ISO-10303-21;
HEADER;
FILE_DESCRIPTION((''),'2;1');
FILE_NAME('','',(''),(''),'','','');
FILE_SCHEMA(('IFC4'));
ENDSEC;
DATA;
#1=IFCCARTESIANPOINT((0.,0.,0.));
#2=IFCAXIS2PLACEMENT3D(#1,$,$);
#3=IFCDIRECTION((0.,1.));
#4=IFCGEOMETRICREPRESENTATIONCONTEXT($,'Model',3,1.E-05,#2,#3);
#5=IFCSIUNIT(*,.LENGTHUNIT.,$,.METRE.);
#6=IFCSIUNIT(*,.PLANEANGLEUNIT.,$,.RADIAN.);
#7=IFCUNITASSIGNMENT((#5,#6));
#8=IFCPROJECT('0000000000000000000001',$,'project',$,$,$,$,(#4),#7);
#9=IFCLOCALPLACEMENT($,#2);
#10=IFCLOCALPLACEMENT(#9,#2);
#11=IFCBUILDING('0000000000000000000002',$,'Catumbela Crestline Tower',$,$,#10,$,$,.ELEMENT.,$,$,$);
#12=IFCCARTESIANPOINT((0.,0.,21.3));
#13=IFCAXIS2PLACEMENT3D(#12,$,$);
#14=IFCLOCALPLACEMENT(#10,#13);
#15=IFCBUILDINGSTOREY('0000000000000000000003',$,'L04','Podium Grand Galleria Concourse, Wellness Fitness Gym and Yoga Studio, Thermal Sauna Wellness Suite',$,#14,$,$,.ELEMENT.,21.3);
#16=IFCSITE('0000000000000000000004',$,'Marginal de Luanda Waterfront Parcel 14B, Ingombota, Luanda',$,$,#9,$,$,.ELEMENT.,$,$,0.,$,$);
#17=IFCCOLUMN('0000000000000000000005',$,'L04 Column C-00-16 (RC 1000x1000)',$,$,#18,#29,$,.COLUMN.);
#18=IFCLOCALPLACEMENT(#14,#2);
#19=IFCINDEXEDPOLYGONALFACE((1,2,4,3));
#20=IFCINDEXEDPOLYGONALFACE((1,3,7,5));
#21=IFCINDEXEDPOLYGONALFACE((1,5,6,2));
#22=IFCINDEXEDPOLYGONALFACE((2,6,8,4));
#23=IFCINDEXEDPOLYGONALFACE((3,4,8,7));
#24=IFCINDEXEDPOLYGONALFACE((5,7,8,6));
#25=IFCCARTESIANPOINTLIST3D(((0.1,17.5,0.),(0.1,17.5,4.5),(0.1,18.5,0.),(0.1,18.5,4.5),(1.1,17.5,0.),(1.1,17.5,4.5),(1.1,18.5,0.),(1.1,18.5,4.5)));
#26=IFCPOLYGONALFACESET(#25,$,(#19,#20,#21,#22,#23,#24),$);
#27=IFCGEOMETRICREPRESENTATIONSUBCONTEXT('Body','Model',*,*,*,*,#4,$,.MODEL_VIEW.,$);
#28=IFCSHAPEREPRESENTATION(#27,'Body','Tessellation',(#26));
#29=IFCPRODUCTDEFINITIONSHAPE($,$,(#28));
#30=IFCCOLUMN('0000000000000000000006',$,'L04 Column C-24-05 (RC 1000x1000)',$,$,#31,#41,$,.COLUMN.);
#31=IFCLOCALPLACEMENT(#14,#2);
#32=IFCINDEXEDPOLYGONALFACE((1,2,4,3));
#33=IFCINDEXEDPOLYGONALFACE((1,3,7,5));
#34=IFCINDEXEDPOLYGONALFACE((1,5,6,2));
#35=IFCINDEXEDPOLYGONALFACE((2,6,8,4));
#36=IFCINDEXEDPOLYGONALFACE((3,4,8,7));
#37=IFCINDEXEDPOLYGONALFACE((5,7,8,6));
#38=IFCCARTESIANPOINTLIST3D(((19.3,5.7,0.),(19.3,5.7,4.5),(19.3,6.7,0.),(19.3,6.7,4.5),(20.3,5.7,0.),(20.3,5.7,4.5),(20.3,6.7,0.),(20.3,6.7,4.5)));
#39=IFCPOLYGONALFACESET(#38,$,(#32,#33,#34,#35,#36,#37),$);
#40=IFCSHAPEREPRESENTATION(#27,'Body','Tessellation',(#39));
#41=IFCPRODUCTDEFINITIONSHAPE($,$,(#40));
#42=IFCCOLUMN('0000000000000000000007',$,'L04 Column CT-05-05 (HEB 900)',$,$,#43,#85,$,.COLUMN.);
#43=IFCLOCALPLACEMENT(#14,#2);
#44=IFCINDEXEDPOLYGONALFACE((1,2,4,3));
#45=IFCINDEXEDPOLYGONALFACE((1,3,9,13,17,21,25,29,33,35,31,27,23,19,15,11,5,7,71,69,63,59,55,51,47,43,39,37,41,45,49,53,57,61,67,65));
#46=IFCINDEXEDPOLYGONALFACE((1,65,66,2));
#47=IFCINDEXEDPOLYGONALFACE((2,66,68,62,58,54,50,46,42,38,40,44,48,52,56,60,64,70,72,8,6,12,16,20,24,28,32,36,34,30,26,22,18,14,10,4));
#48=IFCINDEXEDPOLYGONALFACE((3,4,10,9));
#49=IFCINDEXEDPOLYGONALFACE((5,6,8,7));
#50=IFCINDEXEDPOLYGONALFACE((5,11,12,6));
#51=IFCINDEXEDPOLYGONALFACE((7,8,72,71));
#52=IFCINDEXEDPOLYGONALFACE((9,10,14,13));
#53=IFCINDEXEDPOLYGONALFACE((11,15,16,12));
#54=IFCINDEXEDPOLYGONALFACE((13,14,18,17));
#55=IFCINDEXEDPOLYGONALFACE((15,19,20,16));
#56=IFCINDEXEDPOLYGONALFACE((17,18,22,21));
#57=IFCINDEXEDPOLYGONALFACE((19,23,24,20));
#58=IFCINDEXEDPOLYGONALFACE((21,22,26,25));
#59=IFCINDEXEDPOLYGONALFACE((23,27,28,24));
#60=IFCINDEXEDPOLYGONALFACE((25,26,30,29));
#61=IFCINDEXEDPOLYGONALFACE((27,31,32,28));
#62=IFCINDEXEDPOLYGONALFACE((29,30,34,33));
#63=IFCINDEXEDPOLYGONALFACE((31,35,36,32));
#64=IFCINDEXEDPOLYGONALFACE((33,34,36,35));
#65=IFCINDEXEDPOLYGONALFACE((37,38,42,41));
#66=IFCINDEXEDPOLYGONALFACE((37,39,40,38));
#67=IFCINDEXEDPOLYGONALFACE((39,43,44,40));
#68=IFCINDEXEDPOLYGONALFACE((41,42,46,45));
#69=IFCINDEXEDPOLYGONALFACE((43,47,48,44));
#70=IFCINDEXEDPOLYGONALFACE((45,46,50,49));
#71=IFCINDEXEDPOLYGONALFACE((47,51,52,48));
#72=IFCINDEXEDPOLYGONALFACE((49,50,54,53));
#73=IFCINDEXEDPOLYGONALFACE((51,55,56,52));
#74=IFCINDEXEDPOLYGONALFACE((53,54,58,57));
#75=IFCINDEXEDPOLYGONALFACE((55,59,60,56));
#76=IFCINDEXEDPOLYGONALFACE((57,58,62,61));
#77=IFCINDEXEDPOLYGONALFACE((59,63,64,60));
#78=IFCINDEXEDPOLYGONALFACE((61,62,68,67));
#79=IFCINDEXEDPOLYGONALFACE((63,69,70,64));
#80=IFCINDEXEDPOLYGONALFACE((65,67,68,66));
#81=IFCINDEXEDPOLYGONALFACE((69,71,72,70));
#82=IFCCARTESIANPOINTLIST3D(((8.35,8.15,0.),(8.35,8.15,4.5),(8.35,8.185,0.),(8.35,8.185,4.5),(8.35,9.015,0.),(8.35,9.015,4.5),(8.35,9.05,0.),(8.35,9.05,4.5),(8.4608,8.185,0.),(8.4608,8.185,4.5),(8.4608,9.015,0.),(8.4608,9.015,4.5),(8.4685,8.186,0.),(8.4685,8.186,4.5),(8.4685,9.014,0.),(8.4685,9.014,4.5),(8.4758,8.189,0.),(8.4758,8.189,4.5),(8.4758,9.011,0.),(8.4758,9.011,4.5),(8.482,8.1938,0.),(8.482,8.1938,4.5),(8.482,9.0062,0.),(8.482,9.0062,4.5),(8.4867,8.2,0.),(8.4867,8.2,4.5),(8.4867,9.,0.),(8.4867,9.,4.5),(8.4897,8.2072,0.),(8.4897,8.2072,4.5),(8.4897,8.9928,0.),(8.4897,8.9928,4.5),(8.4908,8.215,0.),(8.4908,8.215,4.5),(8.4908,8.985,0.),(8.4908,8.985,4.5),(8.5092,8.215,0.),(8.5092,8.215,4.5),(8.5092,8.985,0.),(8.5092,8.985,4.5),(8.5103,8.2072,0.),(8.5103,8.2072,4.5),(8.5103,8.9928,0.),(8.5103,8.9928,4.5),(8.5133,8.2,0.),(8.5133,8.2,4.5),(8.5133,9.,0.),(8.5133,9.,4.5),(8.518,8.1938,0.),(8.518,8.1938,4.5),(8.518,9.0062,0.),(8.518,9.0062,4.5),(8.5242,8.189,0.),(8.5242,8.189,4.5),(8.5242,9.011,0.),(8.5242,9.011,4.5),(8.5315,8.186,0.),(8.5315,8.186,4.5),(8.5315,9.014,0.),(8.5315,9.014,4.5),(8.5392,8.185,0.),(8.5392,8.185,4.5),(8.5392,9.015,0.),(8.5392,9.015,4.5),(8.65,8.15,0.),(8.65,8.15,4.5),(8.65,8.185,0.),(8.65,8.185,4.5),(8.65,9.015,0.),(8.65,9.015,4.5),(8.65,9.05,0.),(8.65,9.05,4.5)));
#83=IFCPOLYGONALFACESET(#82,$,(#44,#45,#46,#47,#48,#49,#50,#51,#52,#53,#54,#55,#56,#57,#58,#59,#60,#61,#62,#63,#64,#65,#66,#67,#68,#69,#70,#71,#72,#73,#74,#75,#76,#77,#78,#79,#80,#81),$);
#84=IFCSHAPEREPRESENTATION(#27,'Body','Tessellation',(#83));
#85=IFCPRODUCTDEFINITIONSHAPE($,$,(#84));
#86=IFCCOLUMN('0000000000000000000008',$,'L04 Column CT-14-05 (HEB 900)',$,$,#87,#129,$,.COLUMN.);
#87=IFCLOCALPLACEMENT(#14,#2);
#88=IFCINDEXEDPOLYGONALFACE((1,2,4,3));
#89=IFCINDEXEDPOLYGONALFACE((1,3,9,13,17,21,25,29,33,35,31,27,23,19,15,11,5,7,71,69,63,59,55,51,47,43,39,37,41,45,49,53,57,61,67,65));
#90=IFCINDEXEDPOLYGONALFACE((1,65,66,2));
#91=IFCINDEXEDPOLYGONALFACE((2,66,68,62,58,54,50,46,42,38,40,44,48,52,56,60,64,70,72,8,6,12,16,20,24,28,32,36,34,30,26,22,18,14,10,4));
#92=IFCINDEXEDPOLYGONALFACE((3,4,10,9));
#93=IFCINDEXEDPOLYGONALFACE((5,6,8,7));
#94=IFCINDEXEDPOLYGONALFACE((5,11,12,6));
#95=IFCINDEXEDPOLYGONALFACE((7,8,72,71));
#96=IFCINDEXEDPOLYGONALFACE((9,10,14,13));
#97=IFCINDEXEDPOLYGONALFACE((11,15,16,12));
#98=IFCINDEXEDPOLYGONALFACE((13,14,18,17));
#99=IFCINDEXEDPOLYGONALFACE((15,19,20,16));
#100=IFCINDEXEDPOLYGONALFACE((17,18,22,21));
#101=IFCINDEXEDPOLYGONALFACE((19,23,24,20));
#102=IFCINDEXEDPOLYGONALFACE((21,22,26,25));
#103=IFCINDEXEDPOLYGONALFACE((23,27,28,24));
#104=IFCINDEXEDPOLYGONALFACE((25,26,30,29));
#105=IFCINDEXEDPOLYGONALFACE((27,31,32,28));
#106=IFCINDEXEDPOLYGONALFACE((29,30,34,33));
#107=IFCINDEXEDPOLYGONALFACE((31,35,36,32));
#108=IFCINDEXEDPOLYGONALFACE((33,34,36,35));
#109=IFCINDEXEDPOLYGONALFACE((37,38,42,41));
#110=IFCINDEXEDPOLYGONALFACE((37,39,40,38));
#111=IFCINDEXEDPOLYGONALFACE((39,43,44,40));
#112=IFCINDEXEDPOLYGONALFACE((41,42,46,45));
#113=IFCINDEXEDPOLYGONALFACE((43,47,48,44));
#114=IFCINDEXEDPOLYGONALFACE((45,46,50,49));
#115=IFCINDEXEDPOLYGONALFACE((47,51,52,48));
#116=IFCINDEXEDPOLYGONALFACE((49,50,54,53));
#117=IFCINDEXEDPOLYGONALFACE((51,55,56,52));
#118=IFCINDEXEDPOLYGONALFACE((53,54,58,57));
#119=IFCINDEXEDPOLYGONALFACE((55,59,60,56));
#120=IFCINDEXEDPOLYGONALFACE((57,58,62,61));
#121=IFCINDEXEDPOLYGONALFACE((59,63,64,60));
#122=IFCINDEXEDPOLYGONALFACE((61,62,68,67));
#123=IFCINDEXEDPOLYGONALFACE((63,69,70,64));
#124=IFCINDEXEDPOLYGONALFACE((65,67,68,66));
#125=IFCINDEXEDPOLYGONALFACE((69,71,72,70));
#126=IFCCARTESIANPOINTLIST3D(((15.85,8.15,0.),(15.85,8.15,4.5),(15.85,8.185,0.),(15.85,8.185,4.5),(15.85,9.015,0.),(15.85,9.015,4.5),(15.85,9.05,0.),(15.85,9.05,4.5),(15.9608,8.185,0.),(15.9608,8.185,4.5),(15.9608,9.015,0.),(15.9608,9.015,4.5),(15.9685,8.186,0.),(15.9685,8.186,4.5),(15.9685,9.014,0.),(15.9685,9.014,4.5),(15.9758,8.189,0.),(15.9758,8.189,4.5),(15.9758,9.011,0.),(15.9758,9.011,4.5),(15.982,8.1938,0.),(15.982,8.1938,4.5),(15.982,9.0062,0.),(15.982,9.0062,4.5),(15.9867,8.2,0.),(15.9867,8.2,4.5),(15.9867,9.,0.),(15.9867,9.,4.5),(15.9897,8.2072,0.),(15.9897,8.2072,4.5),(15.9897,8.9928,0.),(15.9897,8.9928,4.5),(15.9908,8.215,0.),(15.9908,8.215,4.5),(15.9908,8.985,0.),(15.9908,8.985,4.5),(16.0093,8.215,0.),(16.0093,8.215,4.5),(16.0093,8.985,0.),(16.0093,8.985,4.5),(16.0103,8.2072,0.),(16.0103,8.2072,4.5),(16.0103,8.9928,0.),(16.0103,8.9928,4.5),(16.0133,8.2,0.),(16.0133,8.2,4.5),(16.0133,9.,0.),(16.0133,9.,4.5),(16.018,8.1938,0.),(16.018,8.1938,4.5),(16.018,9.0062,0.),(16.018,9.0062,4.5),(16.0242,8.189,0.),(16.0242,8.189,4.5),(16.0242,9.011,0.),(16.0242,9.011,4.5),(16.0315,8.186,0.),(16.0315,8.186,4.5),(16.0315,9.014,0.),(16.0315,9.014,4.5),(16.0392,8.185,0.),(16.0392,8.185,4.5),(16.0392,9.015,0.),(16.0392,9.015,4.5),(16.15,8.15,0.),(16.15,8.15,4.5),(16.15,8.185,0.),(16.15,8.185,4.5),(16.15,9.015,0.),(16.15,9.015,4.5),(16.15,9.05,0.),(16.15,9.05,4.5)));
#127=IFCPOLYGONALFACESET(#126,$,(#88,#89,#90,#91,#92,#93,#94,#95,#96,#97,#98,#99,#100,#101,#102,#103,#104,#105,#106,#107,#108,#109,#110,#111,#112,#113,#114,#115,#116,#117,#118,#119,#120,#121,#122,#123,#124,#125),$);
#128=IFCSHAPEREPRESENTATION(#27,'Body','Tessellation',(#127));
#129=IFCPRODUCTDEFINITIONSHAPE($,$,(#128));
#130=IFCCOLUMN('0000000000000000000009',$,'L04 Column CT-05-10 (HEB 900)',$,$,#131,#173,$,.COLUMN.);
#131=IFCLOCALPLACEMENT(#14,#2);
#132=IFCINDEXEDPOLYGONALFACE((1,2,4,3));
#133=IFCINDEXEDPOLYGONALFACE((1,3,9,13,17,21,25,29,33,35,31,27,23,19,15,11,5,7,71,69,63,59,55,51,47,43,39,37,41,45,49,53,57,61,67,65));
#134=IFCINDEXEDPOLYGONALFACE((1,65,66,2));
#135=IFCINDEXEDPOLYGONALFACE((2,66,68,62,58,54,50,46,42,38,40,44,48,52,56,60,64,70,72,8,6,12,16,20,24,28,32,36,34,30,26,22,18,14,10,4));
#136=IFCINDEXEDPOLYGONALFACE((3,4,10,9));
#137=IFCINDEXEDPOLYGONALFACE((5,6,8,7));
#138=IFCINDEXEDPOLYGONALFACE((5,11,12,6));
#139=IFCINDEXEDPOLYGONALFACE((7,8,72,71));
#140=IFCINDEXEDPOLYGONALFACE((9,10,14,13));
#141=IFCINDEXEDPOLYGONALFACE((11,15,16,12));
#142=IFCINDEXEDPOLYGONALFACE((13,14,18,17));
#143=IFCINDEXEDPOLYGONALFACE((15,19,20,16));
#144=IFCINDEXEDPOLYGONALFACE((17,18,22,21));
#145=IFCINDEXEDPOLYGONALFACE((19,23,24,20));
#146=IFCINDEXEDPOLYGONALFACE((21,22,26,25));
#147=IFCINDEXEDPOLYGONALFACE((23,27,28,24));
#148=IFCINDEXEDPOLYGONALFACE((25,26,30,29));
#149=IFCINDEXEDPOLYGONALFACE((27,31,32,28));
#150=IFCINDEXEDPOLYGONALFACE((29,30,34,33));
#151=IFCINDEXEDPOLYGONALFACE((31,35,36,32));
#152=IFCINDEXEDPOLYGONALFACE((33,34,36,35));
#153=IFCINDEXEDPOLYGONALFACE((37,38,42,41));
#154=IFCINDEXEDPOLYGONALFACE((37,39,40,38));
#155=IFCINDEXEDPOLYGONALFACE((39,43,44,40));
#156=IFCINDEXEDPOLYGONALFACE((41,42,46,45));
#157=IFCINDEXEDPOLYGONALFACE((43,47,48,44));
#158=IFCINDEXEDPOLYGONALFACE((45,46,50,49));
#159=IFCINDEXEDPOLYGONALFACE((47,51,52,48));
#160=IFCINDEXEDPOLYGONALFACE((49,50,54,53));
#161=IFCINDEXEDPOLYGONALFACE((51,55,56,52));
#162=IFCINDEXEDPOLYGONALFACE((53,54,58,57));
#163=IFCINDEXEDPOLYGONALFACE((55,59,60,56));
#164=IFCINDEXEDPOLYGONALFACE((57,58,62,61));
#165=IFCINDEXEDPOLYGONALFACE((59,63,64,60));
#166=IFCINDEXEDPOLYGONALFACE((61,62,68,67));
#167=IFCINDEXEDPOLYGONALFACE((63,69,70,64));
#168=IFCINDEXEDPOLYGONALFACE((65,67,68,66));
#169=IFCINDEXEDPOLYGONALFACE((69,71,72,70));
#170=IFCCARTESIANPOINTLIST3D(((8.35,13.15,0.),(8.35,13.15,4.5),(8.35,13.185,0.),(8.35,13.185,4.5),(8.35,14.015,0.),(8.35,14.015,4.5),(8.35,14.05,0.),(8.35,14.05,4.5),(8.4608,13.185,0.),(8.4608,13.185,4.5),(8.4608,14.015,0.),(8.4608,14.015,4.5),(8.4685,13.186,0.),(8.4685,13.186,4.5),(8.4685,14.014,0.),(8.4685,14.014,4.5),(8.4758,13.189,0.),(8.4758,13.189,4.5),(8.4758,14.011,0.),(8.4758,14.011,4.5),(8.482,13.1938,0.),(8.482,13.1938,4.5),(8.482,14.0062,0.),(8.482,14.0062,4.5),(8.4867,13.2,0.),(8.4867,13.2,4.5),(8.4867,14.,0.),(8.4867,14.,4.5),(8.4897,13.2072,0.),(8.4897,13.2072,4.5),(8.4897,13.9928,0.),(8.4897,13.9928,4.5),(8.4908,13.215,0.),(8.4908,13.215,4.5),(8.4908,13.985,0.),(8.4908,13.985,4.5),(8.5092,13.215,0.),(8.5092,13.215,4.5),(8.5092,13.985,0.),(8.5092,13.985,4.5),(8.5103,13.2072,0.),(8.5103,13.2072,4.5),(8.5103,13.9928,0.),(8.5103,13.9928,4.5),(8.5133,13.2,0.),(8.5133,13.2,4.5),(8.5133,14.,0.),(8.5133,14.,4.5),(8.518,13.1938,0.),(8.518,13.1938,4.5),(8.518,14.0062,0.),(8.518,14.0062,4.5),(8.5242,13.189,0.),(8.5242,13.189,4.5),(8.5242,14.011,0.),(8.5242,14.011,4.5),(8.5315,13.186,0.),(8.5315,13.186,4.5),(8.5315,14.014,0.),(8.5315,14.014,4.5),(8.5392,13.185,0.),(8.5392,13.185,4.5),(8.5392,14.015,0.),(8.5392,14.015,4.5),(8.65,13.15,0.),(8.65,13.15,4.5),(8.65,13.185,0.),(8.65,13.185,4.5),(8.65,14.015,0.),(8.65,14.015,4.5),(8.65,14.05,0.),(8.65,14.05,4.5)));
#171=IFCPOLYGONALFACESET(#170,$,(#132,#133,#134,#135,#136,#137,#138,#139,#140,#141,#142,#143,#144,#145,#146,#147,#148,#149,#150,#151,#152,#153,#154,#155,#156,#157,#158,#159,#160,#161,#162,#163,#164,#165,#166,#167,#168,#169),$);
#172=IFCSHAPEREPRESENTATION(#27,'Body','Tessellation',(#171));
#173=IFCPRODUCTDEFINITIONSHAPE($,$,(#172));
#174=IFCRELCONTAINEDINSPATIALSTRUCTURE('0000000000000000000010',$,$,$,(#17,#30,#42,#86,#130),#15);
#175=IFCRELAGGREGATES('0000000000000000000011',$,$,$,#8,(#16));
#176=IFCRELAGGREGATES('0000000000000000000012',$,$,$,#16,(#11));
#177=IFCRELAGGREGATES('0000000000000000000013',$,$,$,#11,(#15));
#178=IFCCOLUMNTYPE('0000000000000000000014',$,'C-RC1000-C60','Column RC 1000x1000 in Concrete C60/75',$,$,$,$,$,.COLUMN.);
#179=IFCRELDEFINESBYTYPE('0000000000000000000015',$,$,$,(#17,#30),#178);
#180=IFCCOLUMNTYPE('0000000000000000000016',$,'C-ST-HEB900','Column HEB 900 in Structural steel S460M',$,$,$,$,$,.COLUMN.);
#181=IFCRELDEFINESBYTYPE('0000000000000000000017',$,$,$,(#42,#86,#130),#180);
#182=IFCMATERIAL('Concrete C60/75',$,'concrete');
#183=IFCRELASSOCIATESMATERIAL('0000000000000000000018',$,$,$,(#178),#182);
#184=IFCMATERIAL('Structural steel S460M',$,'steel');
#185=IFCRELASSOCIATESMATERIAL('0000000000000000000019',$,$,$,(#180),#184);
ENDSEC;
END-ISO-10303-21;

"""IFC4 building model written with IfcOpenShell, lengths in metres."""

from ifc_helpers import new_model, si_unit, direction, frame, origin, origin_2d, place, context, subcontext, project, spatial, rectangle, i_section, extrude, material, material_profile, profile_set, type_object, element, save


model = new_model("IFC4")

# Units and contexts
model_context = context("Model", 3, precision=1e-05, world=origin(), true_north=direction((0.0, 1.0)))
body_context = subcontext(model_context, "Body", "Model", "MODEL_VIEW")
ifc_project = project(units=[si_unit("LENGTHUNIT", "METRE"), si_unit("PLANEANGLEUNIT", "RADIAN")], contexts=[model_context])

# Site, building, storey
site_placement = place(None, origin())
site = spatial("IfcSite", under=ifc_project, at=site_placement, Name="Marginal de Luanda Waterfront Parcel 14B, Ingombota, Luanda", CompositionType="ELEMENT", RefElevation=0.0)
building_placement = place(site_placement, origin())
building = spatial("IfcBuilding", under=site, at=building_placement, Name="Catumbela Crestline Tower", CompositionType="ELEMENT")
storey_placement = place(building_placement, frame((0.0, 0.0, 21.3)))
storey = spatial("IfcBuildingStorey", under=building, at=storey_placement, Name="L04", Description="Podium Grand Galleria Concourse, Wellness Fitness Gym and Yoga Studio, Thermal Sauna Wellness Suite", CompositionType="ELEMENT", Elevation=21.3)

# Columns
ifc_material_1 = material(Name="Concrete C60/75", Category="concrete")
ifc_material_profile_1 = material_profile(ifc_material_1, rectangle(XDim=1.0, YDim=1.0, at=origin_2d()), Name="RC 1000x1000")
ifc_profile_set_1 = profile_set([ifc_material_profile_1], Name="Concrete C60/75")
column_type_1 = type_object("IfcColumnType", Name="C-RC1000-C60", Description="Column RC 1000x1000 in Concrete C60/75", PredefinedType="COLUMN", material=ifc_profile_set_1)
for number, where, z_axis, x_axis, name in (
    (1, (0.6, 18.0, 0.0), (0.0, 0.0, 1.0), (1.0, 0.0, 0.0), "L04 Column C-00-16 (RC 1000x1000)"),
    (2, (19.8, 6.2, 0.0), (0.0, 0.0, 1.0), (1.0, 0.0, 0.0), "L04 Column C-24-05 (RC 1000x1000)"),
):
    element("IfcColumn", number, at=place(storey_placement, frame(where, z_axis=z_axis, x_axis=x_axis)), inside=storey, type_object=column_type_1, Name=name, PredefinedType="COLUMN", context=body_context, shape_type="SweptSolid", body=[
        extrude(rectangle(XDim=1.0, YDim=1.0, at=origin_2d()), origin(), (0.0, 0.0, 1.0), 4.5),
    ])
ifc_material_2 = material(Name="Structural steel S460M", Category="steel")
ifc_material_profile_2 = material_profile(ifc_material_2, i_section(OverallWidth=0.3, OverallDepth=0.9, WebThickness=0.0185, FlangeThickness=0.035, FilletRadius=0.03, at=origin_2d()), Name="HEB 900")
ifc_profile_set_2 = profile_set([ifc_material_profile_2], Name="Structural steel S460M")
column_type_2 = type_object("IfcColumnType", Name="C-ST-HEB900", Description="Column HEB 900 in Structural steel S460M", PredefinedType="COLUMN", material=ifc_profile_set_2)
for number, where, z_axis, x_axis, name in (
    (3, (8.5, 8.6, 0.0), (0.0, 0.0, 1.0), (1.0, 0.0, 0.0), "L04 Column CT-05-05 (HEB 900)"),
    (4, (16.0, 8.6, 0.0), (0.0, 0.0, 1.0), (1.0, 0.0, 0.0), "L04 Column CT-14-05 (HEB 900)"),
    (5, (8.5, 13.6, 0.0), (0.0, 0.0, 1.0), (1.0, 0.0, 0.0), "L04 Column CT-05-10 (HEB 900)"),
):
    element("IfcColumn", number, at=place(storey_placement, frame(where, z_axis=z_axis, x_axis=x_axis)), inside=storey, type_object=column_type_2, Name=name, PredefinedType="COLUMN", context=body_context, shape_type="SweptSolid", body=[
        extrude(i_section(OverallWidth=0.3, OverallDepth=0.9, WebThickness=0.0185, FlangeThickness=0.035, FilletRadius=0.03, at=origin_2d()), origin(), (0.0, 0.0, 1.0), 4.5),
    ])

save(model, "model.ifc")
